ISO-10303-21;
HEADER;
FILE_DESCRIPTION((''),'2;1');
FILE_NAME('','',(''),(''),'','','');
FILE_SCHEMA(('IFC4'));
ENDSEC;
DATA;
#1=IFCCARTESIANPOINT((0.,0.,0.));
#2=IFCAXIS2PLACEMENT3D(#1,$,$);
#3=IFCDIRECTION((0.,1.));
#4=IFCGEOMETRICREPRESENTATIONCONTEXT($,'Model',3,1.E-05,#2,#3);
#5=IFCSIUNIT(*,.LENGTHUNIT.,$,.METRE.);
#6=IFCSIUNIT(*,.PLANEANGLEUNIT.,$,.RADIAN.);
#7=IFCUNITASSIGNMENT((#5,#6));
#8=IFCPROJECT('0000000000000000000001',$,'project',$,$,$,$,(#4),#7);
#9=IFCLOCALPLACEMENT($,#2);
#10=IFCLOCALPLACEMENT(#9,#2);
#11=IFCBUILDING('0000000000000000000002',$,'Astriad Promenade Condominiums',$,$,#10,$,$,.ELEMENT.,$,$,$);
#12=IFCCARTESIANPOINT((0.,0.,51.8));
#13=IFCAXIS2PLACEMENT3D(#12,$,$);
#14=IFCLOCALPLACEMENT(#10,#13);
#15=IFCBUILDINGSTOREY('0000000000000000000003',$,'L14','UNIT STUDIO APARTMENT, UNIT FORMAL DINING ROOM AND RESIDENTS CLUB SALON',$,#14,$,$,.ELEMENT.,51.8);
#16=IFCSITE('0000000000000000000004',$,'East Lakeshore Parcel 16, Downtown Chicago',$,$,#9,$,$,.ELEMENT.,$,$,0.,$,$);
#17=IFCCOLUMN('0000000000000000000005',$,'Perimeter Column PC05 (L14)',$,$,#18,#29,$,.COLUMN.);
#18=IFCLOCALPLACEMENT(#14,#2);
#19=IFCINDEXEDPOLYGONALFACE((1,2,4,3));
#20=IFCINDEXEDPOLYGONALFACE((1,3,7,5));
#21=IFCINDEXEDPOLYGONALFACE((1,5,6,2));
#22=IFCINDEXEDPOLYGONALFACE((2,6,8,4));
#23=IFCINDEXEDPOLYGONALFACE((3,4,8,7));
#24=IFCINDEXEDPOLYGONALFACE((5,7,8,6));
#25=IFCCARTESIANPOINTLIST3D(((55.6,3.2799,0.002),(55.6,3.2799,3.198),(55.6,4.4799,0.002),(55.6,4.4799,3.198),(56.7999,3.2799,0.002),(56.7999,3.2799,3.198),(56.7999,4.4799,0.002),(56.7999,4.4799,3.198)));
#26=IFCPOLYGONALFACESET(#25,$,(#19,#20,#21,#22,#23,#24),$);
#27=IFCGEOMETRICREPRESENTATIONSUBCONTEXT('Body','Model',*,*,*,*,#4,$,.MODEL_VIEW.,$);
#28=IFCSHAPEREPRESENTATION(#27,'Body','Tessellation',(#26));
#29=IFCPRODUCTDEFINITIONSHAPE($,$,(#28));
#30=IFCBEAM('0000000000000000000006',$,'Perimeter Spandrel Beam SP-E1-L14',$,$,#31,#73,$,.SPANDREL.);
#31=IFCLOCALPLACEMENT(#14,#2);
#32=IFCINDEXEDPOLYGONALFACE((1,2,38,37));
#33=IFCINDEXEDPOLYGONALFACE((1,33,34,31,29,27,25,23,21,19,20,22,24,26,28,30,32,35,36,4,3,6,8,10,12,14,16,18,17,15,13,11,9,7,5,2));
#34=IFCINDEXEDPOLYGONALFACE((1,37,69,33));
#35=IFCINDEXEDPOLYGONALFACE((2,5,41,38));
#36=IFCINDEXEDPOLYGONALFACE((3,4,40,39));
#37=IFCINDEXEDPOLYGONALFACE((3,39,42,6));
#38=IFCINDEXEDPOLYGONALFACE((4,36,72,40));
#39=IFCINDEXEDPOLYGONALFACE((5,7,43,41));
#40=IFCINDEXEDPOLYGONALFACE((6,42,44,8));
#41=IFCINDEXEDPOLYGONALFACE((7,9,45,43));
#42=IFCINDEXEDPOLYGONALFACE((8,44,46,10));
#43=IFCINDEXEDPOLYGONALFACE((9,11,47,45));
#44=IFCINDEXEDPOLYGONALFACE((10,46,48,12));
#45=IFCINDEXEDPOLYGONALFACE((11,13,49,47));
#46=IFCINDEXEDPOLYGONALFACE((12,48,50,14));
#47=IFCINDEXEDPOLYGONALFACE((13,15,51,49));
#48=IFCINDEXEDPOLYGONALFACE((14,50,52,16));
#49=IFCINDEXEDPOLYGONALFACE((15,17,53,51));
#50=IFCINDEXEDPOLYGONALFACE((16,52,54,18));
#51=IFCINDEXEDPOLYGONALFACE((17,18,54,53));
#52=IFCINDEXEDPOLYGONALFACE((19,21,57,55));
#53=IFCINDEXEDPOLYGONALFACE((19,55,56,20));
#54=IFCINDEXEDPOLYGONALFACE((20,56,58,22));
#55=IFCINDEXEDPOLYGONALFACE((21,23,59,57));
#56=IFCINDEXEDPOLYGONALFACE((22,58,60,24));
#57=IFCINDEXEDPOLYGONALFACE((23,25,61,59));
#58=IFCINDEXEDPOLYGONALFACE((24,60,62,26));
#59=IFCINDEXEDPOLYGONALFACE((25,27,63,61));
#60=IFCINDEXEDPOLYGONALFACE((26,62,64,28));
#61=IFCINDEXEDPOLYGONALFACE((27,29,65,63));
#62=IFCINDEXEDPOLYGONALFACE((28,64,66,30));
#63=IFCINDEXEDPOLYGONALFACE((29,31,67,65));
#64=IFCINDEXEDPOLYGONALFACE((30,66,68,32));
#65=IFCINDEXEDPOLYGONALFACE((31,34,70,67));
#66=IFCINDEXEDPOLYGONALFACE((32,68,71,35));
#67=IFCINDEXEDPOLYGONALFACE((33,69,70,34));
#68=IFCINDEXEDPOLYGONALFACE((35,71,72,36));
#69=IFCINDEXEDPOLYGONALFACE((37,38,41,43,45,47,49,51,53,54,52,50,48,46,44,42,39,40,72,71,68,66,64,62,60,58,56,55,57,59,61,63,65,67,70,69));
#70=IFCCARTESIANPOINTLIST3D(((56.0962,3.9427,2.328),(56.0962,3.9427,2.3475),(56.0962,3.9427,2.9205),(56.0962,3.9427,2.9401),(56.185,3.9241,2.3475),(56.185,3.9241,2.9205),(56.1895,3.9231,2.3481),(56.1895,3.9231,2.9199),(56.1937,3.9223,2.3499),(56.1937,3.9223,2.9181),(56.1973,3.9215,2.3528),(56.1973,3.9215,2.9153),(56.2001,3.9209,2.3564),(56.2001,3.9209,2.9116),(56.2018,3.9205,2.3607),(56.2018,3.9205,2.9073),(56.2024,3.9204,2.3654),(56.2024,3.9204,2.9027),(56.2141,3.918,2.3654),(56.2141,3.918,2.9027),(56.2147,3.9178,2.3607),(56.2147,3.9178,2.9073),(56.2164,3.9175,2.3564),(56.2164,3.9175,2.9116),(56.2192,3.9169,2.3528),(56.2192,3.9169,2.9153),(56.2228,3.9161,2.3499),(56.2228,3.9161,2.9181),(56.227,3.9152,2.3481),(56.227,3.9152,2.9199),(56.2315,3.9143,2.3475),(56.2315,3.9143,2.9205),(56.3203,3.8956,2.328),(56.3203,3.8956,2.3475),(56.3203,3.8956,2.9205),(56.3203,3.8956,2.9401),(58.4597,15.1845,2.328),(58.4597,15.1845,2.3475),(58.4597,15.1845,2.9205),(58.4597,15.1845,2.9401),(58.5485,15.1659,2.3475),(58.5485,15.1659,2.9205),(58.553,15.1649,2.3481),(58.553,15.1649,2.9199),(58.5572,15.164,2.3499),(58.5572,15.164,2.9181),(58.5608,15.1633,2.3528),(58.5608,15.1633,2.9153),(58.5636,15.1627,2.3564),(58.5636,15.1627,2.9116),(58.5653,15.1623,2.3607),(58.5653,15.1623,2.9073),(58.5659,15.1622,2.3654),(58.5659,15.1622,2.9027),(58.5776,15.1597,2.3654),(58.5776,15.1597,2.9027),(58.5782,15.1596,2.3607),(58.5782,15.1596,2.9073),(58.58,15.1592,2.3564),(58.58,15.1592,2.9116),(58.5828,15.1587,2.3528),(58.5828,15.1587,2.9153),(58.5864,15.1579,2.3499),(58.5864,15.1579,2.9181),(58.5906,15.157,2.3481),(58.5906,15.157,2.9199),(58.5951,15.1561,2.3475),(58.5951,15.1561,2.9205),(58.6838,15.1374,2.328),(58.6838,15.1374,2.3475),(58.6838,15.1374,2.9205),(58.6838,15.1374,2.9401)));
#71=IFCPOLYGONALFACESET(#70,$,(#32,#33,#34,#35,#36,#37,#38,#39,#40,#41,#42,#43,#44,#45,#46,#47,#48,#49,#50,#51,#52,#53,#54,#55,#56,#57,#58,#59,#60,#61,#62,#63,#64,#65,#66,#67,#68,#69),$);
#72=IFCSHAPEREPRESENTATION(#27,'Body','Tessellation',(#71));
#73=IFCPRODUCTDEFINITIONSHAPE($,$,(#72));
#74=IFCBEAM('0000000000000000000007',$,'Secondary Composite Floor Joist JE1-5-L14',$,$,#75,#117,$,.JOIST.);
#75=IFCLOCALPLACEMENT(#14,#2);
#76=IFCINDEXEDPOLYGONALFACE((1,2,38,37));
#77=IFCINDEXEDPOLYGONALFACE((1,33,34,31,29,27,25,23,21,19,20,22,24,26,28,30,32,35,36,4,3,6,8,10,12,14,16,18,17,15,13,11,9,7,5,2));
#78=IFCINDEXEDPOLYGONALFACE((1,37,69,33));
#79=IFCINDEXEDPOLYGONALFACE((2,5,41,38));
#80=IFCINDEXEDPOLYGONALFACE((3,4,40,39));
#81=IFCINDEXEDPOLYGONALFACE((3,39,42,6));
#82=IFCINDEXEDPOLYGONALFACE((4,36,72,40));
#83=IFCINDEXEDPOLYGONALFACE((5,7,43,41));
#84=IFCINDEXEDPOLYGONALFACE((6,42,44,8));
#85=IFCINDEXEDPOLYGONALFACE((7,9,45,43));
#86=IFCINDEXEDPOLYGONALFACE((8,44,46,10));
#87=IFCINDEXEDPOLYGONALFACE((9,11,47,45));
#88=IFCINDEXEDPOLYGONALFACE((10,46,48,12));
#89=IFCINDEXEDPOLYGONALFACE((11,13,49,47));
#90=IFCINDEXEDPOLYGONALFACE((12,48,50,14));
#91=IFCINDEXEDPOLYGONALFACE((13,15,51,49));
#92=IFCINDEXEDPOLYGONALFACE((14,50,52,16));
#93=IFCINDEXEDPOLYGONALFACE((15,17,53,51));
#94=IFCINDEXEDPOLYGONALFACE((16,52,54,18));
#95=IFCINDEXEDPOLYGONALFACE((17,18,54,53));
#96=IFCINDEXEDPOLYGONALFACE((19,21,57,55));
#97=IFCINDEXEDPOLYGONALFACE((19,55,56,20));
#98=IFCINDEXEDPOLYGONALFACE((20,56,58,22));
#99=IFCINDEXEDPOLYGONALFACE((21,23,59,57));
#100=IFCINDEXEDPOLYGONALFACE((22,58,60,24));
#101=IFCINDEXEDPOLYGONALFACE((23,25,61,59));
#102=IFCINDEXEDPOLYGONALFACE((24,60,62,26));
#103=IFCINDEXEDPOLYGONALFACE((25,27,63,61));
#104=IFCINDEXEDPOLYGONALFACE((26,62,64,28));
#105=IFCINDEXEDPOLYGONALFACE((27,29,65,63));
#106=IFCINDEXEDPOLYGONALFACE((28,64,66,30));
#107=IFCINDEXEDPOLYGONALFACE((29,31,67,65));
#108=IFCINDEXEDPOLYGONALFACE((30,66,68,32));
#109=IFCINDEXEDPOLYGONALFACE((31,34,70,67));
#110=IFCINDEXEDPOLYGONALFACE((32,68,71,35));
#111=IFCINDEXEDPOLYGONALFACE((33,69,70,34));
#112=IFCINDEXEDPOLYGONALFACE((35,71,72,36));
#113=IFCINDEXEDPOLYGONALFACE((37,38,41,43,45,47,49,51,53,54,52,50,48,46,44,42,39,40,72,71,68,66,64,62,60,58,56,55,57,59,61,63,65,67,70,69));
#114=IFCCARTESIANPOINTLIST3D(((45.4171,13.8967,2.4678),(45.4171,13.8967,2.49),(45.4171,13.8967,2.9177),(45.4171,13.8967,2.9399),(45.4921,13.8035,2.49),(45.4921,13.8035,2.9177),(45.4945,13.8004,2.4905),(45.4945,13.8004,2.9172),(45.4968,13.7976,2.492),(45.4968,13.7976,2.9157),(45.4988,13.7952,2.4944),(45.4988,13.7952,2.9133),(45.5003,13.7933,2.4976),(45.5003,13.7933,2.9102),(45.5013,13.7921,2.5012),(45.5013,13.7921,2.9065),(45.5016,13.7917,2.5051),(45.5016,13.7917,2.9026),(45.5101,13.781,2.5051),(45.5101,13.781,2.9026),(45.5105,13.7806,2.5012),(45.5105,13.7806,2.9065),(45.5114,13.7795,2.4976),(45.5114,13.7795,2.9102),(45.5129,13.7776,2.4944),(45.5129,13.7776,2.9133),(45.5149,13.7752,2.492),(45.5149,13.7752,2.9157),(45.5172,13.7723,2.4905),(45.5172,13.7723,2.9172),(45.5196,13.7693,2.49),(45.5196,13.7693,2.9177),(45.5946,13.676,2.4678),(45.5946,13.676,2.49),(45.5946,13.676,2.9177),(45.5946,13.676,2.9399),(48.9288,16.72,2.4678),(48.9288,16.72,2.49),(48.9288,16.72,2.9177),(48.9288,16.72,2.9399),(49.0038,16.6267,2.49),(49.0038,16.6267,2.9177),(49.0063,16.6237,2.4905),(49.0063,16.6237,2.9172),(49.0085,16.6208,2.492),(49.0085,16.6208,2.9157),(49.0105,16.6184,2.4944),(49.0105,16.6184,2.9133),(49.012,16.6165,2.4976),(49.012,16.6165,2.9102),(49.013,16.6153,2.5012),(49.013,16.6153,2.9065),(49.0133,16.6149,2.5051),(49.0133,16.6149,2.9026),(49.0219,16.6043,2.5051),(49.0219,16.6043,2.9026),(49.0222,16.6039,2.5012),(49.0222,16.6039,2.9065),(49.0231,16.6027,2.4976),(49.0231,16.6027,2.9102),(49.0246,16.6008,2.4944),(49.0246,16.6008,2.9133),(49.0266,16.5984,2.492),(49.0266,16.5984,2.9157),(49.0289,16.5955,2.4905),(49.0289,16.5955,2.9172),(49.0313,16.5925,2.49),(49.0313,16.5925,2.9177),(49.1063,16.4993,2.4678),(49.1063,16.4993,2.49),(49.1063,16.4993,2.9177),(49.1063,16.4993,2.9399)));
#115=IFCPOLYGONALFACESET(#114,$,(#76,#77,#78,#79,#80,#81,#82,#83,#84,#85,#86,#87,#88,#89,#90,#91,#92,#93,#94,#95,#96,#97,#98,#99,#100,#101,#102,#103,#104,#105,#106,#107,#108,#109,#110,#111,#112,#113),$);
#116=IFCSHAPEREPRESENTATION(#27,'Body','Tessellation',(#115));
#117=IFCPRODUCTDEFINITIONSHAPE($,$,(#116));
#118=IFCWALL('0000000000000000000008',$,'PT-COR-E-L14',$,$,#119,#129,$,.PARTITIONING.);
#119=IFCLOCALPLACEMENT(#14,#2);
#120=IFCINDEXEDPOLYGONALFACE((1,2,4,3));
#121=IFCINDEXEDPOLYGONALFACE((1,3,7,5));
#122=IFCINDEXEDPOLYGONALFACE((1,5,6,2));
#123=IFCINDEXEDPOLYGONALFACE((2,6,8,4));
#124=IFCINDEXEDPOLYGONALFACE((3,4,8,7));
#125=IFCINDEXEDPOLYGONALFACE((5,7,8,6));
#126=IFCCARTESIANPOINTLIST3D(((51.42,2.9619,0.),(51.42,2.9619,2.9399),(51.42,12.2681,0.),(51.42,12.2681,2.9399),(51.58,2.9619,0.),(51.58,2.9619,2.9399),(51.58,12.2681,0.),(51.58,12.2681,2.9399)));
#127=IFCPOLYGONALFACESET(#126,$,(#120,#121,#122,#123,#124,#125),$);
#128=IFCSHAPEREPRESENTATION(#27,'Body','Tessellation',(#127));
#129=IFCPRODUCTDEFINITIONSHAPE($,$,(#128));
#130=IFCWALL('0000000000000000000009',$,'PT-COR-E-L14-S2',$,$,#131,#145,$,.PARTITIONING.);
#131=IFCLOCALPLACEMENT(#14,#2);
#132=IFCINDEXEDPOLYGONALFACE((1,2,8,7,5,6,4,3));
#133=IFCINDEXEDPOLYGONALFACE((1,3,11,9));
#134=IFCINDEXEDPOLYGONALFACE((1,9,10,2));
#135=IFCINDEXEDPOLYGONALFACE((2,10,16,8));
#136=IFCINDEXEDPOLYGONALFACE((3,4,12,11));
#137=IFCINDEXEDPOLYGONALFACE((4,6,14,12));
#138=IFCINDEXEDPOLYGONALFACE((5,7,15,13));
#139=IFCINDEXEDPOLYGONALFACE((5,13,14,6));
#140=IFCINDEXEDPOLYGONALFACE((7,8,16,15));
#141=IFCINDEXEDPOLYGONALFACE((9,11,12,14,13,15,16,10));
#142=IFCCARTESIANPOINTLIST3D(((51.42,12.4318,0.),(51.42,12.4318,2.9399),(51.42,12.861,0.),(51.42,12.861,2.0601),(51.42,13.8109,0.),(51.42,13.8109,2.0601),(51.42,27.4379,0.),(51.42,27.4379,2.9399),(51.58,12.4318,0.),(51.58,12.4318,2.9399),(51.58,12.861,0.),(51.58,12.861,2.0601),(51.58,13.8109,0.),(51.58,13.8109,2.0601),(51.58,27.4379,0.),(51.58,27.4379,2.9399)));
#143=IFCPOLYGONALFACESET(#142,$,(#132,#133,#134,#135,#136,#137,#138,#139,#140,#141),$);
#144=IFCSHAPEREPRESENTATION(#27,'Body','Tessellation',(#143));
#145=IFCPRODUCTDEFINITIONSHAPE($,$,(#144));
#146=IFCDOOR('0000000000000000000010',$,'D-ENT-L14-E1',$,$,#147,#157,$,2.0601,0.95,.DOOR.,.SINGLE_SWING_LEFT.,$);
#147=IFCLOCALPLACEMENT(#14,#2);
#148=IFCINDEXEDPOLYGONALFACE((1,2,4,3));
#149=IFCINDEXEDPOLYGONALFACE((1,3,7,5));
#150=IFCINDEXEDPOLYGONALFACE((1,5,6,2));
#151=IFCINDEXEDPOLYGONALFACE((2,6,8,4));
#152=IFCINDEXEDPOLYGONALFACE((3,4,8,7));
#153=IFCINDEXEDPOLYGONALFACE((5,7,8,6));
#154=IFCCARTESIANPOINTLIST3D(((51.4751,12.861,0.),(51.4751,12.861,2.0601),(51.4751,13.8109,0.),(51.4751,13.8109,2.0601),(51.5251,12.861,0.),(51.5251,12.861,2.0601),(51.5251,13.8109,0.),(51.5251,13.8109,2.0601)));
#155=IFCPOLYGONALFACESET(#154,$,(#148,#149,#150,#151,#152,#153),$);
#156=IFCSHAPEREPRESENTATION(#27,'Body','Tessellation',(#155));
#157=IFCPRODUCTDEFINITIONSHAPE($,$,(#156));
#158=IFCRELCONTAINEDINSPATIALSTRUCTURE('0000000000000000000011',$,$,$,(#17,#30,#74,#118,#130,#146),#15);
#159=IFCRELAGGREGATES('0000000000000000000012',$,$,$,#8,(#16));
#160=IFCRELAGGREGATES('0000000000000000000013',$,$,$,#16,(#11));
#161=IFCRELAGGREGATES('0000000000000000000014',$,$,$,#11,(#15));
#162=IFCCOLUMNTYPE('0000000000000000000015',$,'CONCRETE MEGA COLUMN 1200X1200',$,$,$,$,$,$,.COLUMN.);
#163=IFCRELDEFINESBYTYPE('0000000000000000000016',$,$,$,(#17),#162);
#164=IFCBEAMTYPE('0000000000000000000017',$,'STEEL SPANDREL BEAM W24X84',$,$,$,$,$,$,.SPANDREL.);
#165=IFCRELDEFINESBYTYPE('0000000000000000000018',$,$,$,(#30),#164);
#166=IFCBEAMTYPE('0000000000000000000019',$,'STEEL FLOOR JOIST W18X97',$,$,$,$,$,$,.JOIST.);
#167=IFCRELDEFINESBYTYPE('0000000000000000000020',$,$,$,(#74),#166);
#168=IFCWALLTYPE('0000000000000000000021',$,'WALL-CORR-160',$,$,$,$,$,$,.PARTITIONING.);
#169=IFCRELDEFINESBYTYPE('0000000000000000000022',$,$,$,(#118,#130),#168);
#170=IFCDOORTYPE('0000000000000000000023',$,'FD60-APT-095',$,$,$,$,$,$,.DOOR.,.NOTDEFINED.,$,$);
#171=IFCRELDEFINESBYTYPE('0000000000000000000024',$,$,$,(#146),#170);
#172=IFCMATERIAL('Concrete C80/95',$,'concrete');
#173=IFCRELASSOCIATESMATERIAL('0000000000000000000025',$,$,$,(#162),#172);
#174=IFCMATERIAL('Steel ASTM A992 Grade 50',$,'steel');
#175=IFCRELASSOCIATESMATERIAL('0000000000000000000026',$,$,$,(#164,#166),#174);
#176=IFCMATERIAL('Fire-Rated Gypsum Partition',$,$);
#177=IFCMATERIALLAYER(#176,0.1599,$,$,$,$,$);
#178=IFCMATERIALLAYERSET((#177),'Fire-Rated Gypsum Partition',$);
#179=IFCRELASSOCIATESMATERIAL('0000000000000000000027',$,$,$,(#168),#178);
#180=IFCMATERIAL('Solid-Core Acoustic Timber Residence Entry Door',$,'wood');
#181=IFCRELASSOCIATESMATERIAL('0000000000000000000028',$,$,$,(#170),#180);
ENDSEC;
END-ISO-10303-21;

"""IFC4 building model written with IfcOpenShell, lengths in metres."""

from ifc_helpers import new_model, si_unit, direction, frame, frame_2d, origin, origin_2d, place, context, subcontext, project, spatial, rectangle, i_section, extrude, source, transform, mapped, material, layer, layer_set, material_profile, profile_set, type_object, type_shapes, element, fill, save


model = new_model("IFC4")

# Units and contexts
model_context = context("Model", 3, precision=1e-05, world=origin(), true_north=direction((0.0, 1.0)))
body_context = subcontext(model_context, "Body", "Model", "MODEL_VIEW")
ifc_project = project(units=[si_unit("LENGTHUNIT", "METRE"), si_unit("PLANEANGLEUNIT", "RADIAN")], contexts=[model_context])

# Site, building, storey
site_placement = place(None, origin())
site = spatial("IfcSite", under=ifc_project, at=site_placement, Name="East Lakeshore Parcel 16, Downtown Chicago", CompositionType="ELEMENT", RefElevation=0.0)
building_placement = place(site_placement, origin())
building = spatial("IfcBuilding", under=site, at=building_placement, Name="Astriad Promenade Condominiums", CompositionType="ELEMENT")
storey_placement = place(building_placement, frame((0.0, 0.0, 51.8)))
storey = spatial("IfcBuildingStorey", under=building, at=storey_placement, Name="L14", Description="UNIT STUDIO APARTMENT, UNIT FORMAL DINING ROOM AND RESIDENTS CLUB SALON", CompositionType="ELEMENT", Elevation=51.8)

# Column
ifc_material_1 = material(Name="Concrete C80/95", Category="concrete")
ifc_material_profile_1 = material_profile(ifc_material_1, rectangle(XDim=1.2, YDim=1.2, at=origin_2d()), Name="RC-COL-1200X1200")
ifc_profile_set_1 = profile_set([ifc_material_profile_1], Name="Concrete C80/95")
column_type = type_object("IfcColumnType", Name="CONCRETE MEGA COLUMN 1200X1200", PredefinedType="COLUMN", material=ifc_profile_set_1)
shared_shape_1 = source(origin(), body_context, "Body", "SweptSolid", [
    extrude(rectangle(XDim=1.2, YDim=1.2, at=origin_2d()), origin(), (0.0, 0.0, 1.0), 3.196),
])
type_shapes(column_type, [shared_shape_1])
column_placement = place(storey_placement, frame((56.2, 3.8799, 0.002), z_axis=(0.0, 0.0, 1.0), x_axis=(1.0, 0.0, 0.0)))
element("IfcColumn", 1, at=column_placement, inside=storey, type_object=column_type, Name="Perimeter Column PC05 (L14)", PredefinedType="COLUMN", context=body_context, shape_type="MappedRepresentation", body=[
    mapped(shared_shape_1, transform((0.0, 0.0, 0.0), scale=1.0)),
])

# Beams
ifc_material_2 = material(Name="Steel ASTM A992 Grade 50", Category="steel")
ifc_material_profile_2 = material_profile(ifc_material_2, i_section(OverallWidth=0.229, OverallDepth=0.6121, WebThickness=0.012, FlangeThickness=0.0195, FilletRadius=0.0178, at=origin_2d()), Name="W24X84")
ifc_profile_set_2 = profile_set([ifc_material_profile_2], Name="Steel ASTM A992 Grade 50")
beam_type_1 = type_object("IfcBeamType", Name="STEEL SPANDREL BEAM W24X84", PredefinedType="SPANDREL", material=ifc_profile_set_2)
shared_shape_2 = source(origin(), body_context, "Body", "SweptSolid", [
    extrude(i_section(OverallWidth=0.229, OverallDepth=0.6121, WebThickness=0.012, FlangeThickness=0.0195, FilletRadius=0.0178, at=origin_2d()), origin(), (0.0, 0.0, 1.0), 11.4875),
])
type_shapes(beam_type_1, [shared_shape_2])
beam_1_placement = place(storey_placement, frame((56.2083, 3.9192, 2.634), z_axis=(0.205748, 0.978605, 0.0), x_axis=(-0.978605, 0.205748, 0.0)))
element("IfcBeam", 2, at=beam_1_placement, inside=storey, type_object=beam_type_1, Name="Perimeter Spandrel Beam SP-E1-L14", PredefinedType="SPANDREL", context=body_context, shape_type="MappedRepresentation", body=[
    mapped(shared_shape_2, transform((0.0, 0.0, 0.0), scale=1.0)),
])
ifc_material_profile_3 = material_profile(ifc_material_2, i_section(OverallWidth=0.2832, OverallDepth=0.4722, WebThickness=0.0137, FlangeThickness=0.0222, FilletRadius=0.0151, at=origin_2d()), Name="W18X97")
ifc_profile_set_3 = profile_set([ifc_material_profile_3], Name="Steel ASTM A992 Grade 50")
beam_type_2 = type_object("IfcBeamType", Name="STEEL FLOOR JOIST W18X97", PredefinedType="JOIST", material=ifc_profile_set_3)
shared_shape_3 = source(origin(), body_context, "Body", "SweptSolid", [
    extrude(i_section(OverallWidth=0.2832, OverallDepth=0.4722, WebThickness=0.0137, FlangeThickness=0.0222, FilletRadius=0.0151, at=origin_2d()), origin(), (0.0, 0.0, 1.0), 4.5059),
])
type_shapes(beam_type_2, [shared_shape_3])
beam_2_placement = place(storey_placement, frame((45.5059, 13.7864, 2.7039), z_axis=(0.779365, 0.62657, 0.0), x_axis=(-0.62657, 0.779365, 0.0)))
element("IfcBeam", 3, at=beam_2_placement, inside=storey, type_object=beam_type_2, Name="Secondary Composite Floor Joist JE1-5-L14", PredefinedType="JOIST", context=body_context, shape_type="MappedRepresentation", body=[
    mapped(shared_shape_3, transform((0.0, 0.0, 0.0), scale=1.0)),
])

# Wall
ifc_material_3 = material(Name="Fire-Rated Gypsum Partition")
ifc_layer_1 = layer(ifc_material_3, 0.1599)
ifc_layer_set_1 = layer_set([ifc_layer_1], Name="Fire-Rated Gypsum Partition")
wall_type_1 = type_object("IfcWallType", Name="WALL-CORR-160", PredefinedType="PARTITIONING", material=ifc_layer_set_1)
wall_1_placement = place(storey_placement, frame((51.5, 2.9619, 0.0), z_axis=(0.0, 0.0, 1.0), x_axis=(0.0, 1.0, 0.0)))
element("IfcWall", 4, at=wall_1_placement, inside=storey, type_object=wall_type_1, Name="PT-COR-E-L14", PredefinedType="PARTITIONING", context=body_context, shape_type="SweptSolid", body=[
    extrude(rectangle(XDim=9.3062, YDim=0.1599, at=frame_2d((4.6531, 0.0))), origin(), (0.0, 0.0, 1.0), 2.9399),
])

# Wall, opening, door
wall_2_placement = place(storey_placement, frame((51.5, 12.4319, 0.0), z_axis=(0.0, 0.0, 1.0), x_axis=(0.0, 1.0, 0.0)))
wall_2 = element("IfcWall", 5, at=wall_2_placement, inside=storey, type_object=wall_type_1, Name="PT-COR-E-L14-S2", PredefinedType="PARTITIONING", context=body_context, shape_type="SweptSolid", body=[
    extrude(rectangle(XDim=15.0061, YDim=0.1599, at=frame_2d((7.5029, 0.0))), origin(), (0.0, 0.0, 1.0), 2.9399),
])
opening_1_placement = place(wall_2_placement, frame((0.429, 0.0, 0.0)))
opening_1 = element("IfcOpeningElement", 6, at=opening_1_placement, cuts=wall_2, PredefinedType="OPENING", context=body_context, shape_type="SweptSolid", body=[
    extrude(rectangle(XDim=0.95, YDim=2.0601, at=frame_2d((0.4751, 1.03))), frame((0.0, 0.0898, 0.0), z_axis=(0.0, -1.0, 0.0), x_axis=(1.0, 0.0, 0.0)), (0.0, 0.0, 1.0), 0.1799),
])
ifc_material_4 = material(Name="Solid-Core Acoustic Timber Residence Entry Door", Category="wood")
door_type_1 = type_object("IfcDoorType", Name="FD60-APT-095", OperationType="NOTDEFINED", PredefinedType="DOOR", material=ifc_material_4)
shared_shape_4 = source(origin(), body_context, "Body", "SweptSolid", [
    extrude(rectangle(XDim=0.95, YDim=2.0601, at=frame_2d((0.4751, 1.03))), frame((0.0, 0.0249, 0.0), z_axis=(0.0, -1.0, 0.0), x_axis=(1.0, 0.0, 0.0)), (0.0, 0.0, 1.0), 0.05),
])
type_shapes(door_type_1, [shared_shape_4])
door_1_placement = place(opening_1_placement, origin())
door_1 = element("IfcDoor", 7, at=door_1_placement, inside=storey, type_object=door_type_1, Name="D-ENT-L14-E1", OperationType="SINGLE_SWING_LEFT", OverallHeight=2.0601, OverallWidth=0.95, PredefinedType="DOOR", context=body_context, shape_type="MappedRepresentation", body=[
    mapped(shared_shape_4, transform((0.0, 0.0, 0.0), scale=1.0)),
])
fill(opening_1, door_1)

save(model, "model.ifc")
